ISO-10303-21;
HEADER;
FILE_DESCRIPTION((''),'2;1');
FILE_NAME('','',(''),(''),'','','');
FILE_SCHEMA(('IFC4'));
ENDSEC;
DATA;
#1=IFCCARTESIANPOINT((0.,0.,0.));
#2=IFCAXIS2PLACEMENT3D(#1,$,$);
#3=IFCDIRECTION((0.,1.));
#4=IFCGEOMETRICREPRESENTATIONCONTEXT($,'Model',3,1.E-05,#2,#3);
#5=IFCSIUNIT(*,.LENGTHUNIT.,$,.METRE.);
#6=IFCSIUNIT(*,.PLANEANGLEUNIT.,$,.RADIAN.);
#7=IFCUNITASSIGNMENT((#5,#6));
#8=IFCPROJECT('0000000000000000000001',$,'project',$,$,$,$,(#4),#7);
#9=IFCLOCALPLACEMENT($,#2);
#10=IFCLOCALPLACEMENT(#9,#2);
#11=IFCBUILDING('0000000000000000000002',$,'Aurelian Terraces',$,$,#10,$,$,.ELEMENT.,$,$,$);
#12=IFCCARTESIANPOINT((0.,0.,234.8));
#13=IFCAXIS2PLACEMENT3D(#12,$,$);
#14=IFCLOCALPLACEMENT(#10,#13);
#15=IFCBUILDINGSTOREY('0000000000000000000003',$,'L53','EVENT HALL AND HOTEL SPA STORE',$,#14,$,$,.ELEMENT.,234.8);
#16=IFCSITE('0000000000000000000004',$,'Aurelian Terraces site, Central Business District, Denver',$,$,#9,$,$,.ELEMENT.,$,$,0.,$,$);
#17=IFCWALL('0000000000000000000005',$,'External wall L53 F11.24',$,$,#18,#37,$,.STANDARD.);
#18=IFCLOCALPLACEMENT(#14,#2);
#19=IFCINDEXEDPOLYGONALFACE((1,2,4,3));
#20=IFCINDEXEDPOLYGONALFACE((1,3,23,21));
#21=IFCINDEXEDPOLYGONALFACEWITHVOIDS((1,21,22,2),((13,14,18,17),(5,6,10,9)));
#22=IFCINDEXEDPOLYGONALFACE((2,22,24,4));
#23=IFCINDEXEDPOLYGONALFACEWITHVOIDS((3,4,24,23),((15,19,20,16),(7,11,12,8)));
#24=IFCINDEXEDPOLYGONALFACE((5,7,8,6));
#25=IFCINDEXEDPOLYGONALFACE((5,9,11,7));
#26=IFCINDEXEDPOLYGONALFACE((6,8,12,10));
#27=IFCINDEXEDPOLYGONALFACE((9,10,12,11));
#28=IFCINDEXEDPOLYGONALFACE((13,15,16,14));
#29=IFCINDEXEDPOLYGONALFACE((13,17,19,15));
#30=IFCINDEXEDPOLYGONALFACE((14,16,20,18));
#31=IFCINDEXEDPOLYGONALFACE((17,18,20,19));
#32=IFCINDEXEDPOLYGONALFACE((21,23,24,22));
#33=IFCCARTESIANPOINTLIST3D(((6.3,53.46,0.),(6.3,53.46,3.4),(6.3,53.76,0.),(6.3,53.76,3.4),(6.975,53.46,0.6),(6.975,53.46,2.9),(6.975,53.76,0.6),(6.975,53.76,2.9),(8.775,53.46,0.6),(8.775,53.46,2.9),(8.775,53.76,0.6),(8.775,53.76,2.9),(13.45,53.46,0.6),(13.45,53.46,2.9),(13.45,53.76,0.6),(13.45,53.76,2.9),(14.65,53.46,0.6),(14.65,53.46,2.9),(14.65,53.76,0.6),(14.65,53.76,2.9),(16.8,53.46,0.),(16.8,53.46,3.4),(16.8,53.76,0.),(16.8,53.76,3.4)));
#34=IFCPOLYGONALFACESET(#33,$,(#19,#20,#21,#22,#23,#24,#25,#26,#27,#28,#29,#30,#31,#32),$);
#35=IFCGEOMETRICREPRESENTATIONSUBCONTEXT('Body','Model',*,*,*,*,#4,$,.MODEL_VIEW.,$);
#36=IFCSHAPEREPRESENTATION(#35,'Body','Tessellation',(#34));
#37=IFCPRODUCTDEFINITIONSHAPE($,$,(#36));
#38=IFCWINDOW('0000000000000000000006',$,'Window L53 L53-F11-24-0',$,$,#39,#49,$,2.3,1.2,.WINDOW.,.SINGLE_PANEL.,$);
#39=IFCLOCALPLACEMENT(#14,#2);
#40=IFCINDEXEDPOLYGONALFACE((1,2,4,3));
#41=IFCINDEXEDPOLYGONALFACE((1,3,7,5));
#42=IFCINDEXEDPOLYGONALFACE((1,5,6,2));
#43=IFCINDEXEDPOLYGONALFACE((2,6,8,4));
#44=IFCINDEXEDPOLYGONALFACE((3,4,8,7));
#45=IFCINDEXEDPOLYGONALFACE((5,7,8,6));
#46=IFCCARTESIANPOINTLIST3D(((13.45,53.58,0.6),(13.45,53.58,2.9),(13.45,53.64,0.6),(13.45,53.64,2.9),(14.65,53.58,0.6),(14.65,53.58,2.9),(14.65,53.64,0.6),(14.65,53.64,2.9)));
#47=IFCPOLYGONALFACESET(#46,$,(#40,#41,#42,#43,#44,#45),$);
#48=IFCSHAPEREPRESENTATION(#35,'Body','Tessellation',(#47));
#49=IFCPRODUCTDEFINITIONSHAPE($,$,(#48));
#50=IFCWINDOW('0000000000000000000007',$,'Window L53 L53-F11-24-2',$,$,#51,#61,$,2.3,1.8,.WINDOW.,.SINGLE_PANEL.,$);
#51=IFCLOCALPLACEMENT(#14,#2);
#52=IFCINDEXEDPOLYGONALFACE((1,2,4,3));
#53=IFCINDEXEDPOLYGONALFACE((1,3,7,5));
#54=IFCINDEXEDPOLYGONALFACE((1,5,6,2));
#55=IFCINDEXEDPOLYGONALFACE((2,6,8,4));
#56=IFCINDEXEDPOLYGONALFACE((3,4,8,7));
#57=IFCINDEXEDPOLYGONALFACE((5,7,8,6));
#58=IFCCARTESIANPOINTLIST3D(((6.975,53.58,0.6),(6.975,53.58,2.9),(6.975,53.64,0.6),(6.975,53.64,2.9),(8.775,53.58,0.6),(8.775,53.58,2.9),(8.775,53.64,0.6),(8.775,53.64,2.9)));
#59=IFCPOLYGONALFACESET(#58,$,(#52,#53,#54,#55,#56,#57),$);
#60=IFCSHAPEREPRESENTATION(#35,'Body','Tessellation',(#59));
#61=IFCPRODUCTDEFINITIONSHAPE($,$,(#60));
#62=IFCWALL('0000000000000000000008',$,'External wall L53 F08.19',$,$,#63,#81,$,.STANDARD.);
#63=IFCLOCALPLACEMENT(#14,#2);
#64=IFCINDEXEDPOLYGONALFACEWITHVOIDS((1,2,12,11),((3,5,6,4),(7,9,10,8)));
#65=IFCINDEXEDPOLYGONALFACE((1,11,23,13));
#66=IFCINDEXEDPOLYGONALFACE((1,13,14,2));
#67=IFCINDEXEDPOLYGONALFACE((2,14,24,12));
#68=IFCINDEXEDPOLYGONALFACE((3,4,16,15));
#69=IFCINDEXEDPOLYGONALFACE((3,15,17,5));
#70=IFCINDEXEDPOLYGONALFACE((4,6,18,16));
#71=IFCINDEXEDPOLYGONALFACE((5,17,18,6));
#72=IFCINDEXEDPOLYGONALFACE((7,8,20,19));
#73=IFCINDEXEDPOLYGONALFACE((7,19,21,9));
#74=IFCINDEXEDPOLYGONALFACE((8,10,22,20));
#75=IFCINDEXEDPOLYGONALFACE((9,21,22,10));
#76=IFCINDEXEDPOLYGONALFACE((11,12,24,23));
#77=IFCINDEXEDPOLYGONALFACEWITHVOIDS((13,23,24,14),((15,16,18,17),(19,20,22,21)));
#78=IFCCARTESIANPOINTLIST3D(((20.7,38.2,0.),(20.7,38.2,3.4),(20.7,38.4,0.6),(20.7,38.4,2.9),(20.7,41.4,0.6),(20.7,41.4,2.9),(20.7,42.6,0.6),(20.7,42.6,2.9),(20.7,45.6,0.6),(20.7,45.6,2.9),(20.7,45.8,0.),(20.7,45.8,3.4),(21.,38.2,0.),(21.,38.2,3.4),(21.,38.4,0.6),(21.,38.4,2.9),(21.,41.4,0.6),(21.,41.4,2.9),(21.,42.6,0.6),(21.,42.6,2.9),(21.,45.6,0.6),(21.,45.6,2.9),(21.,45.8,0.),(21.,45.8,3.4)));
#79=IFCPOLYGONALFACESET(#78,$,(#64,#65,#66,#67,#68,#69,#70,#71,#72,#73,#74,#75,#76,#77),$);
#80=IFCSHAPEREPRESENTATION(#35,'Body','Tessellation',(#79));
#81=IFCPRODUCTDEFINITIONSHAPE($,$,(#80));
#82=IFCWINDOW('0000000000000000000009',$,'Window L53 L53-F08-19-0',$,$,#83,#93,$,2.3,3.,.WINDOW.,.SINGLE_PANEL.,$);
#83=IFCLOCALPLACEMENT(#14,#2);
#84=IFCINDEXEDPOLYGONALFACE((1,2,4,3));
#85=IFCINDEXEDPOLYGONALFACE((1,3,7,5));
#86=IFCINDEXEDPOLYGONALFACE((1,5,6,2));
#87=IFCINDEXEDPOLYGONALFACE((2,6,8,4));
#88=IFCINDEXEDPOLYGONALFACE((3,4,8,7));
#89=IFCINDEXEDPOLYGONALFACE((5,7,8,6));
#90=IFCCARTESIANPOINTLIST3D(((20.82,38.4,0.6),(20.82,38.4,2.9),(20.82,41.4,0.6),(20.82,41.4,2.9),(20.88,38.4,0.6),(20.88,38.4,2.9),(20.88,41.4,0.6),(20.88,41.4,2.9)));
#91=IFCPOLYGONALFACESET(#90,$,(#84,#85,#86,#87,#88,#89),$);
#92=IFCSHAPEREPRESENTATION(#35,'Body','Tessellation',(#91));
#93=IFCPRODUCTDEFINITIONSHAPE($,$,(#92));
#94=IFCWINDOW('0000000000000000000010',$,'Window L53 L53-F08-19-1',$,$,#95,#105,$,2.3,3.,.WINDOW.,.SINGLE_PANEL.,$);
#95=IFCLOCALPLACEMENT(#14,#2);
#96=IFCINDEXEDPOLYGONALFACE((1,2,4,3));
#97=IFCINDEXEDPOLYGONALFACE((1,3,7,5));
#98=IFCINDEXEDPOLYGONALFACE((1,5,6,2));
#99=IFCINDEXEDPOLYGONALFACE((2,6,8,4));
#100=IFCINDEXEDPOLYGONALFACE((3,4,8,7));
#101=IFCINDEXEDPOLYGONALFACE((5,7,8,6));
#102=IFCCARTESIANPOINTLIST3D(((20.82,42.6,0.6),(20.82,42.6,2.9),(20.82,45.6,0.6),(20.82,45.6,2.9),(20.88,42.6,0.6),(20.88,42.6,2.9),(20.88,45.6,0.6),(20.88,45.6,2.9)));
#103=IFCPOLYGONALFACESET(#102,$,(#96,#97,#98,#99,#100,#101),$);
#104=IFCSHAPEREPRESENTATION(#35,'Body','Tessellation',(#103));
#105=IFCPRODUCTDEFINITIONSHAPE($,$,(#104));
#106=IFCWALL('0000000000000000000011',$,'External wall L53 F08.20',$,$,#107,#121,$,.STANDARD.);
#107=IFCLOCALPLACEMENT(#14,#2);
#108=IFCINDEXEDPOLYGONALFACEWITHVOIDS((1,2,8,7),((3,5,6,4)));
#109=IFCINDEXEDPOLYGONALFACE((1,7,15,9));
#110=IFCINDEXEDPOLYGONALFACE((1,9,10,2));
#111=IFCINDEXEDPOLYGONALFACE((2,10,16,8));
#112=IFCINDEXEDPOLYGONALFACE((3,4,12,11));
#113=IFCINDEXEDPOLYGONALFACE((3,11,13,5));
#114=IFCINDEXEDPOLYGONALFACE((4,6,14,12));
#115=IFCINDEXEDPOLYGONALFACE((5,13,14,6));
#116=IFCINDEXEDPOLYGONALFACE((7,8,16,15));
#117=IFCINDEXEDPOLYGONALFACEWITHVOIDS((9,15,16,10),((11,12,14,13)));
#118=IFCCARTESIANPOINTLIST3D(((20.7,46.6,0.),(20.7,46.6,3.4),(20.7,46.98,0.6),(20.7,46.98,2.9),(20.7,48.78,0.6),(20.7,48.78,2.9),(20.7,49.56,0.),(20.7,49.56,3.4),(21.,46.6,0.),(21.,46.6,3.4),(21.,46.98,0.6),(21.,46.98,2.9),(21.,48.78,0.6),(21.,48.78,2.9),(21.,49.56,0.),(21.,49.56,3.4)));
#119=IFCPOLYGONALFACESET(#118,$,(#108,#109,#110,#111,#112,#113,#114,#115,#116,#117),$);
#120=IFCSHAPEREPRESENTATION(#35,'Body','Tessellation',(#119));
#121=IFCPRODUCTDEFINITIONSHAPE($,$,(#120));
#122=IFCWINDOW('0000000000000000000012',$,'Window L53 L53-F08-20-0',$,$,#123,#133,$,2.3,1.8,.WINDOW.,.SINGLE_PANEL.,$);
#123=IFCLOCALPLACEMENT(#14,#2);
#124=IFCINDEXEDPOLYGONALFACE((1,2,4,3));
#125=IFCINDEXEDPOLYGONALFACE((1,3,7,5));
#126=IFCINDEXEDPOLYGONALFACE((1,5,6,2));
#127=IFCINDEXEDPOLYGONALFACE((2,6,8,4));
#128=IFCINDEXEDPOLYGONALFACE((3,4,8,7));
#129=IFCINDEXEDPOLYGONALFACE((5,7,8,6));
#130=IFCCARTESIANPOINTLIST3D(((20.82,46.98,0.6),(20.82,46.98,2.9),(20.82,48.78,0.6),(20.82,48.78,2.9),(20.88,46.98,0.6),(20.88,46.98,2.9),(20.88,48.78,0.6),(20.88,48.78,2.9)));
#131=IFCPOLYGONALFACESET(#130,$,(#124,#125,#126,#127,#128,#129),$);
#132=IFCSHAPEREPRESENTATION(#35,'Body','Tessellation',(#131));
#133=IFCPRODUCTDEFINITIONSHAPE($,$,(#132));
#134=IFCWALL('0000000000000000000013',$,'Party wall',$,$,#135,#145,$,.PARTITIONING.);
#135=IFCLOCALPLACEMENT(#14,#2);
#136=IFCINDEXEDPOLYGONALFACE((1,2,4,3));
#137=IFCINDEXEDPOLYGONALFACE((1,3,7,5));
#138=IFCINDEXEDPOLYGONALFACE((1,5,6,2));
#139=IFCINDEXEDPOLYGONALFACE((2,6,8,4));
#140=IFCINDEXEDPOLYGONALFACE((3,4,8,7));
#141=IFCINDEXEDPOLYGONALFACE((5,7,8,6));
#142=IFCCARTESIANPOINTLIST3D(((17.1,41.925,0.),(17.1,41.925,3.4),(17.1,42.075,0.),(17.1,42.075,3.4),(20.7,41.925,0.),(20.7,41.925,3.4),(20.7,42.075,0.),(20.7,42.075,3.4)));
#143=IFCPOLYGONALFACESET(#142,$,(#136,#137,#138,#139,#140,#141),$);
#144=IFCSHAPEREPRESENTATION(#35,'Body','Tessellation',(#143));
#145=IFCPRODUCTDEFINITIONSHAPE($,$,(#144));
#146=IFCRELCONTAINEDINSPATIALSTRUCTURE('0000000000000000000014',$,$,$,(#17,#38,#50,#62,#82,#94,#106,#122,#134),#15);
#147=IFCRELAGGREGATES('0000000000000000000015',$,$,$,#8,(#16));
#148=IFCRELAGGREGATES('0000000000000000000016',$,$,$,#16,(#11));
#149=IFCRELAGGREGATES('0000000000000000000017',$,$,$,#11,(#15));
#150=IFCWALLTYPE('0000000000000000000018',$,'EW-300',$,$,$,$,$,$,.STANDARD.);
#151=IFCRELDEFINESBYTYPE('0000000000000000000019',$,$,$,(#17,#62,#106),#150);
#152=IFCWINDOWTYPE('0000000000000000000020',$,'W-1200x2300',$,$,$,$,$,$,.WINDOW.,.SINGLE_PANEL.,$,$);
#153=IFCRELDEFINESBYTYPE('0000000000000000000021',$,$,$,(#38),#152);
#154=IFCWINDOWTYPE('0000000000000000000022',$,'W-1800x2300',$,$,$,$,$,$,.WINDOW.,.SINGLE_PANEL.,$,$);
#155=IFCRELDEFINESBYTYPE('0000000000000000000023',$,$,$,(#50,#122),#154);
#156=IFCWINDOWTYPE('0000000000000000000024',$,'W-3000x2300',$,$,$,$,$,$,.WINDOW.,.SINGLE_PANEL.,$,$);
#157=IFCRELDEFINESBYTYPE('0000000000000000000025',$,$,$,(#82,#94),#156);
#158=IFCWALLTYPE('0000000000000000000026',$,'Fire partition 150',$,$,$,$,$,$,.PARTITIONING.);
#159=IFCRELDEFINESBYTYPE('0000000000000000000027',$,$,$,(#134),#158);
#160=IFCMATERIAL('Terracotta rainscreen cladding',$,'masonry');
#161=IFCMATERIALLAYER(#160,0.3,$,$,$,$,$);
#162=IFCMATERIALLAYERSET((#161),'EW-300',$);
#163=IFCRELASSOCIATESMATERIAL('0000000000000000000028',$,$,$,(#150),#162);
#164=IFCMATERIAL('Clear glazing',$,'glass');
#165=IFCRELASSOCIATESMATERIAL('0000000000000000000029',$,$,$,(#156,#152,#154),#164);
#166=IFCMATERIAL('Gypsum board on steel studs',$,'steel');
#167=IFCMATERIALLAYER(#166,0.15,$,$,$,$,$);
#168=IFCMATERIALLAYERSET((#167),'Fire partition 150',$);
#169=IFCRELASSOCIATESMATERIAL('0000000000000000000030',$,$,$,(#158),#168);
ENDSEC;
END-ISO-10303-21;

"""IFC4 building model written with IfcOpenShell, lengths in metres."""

from ifc_helpers import new_model, si_unit, direction, frame, frame_2d, origin, place, context, subcontext, project, spatial, rectangle, extrude, source, transform, mapped, material, layer, layer_set, type_object, element, fill, save


model = new_model("IFC4")

# Units and contexts
model_context = context("Model", 3, precision=1e-05, world=origin(), true_north=direction((0.0, 1.0)))
body_context = subcontext(model_context, "Body", "Model", "MODEL_VIEW")
ifc_project = project(units=[si_unit("LENGTHUNIT", "METRE"), si_unit("PLANEANGLEUNIT", "RADIAN")], contexts=[model_context])

# Site, building, storey
site_placement = place(None, origin())
site = spatial("IfcSite", under=ifc_project, at=site_placement, Name="Aurelian Terraces site, Central Business District, Denver", CompositionType="ELEMENT", RefElevation=0.0)
building_placement = place(site_placement, origin())
building = spatial("IfcBuilding", under=site, at=building_placement, Name="Aurelian Terraces", CompositionType="ELEMENT")
storey_placement = place(building_placement, frame((0.0, 0.0, 234.8)))
storey = spatial("IfcBuildingStorey", under=building, at=storey_placement, Name="L53", Description="EVENT HALL AND HOTEL SPA STORE", CompositionType="ELEMENT", Elevation=234.8)

# Shared definitions
ifc_material_1 = material(Name="Terracotta rainscreen cladding", Category="masonry")
ifc_layer_1 = layer(ifc_material_1, 0.3)
ifc_layer_set_1 = layer_set([ifc_layer_1], Name="EW-300")
wall_type_1 = type_object("IfcWallType", Name="EW-300", PredefinedType="STANDARD", material=ifc_layer_set_1)
shared_shape_1 = source(origin(), body_context, "Body", "SweptSolid", [
    extrude(rectangle(XDim=3.0, YDim=2.3, at=frame_2d((1.5, 1.15))), frame((0.0, 0.16, 0.0), z_axis=(0.0, -1.0, 0.0), x_axis=(1.0, 0.0, 0.0)), (0.0, 0.0, 1.0), 0.32),
])
ifc_material_2 = material(Name="Clear glazing", Category="glass")
window_type_1 = type_object("IfcWindowType", Name="W-3000x2300", PartitioningType="SINGLE_PANEL", PredefinedType="WINDOW", material=ifc_material_2)
shared_shape_2 = source(origin(), body_context, "Body", "SweptSolid", [
    extrude(rectangle(XDim=3.0, YDim=2.3, at=frame_2d((1.5, 1.15))), frame((0.0, 0.03, 0.0), z_axis=(0.0, -1.0, 0.0), x_axis=(1.0, 0.0, 0.0)), (0.0, 0.0, 1.0), 0.06),
])
shared_shape_3 = source(origin(), body_context, "Body", "SweptSolid", [
    extrude(rectangle(XDim=1.2, YDim=2.3, at=frame_2d((0.6, 1.15))), frame((0.0, 0.16, 0.0), z_axis=(0.0, -1.0, 0.0), x_axis=(1.0, 0.0, 0.0)), (0.0, 0.0, 1.0), 0.32),
])
window_type_2 = type_object("IfcWindowType", Name="W-1200x2300", PartitioningType="SINGLE_PANEL", PredefinedType="WINDOW", material=ifc_material_2)
shared_shape_4 = source(origin(), body_context, "Body", "SweptSolid", [
    extrude(rectangle(XDim=1.2, YDim=2.3, at=frame_2d((0.6, 1.15))), frame((0.0, 0.03, 0.0), z_axis=(0.0, -1.0, 0.0), x_axis=(1.0, 0.0, 0.0)), (0.0, 0.0, 1.0), 0.06),
])

# Walls, openings, windows
shared_shape_5 = source(origin(), body_context, "Body", "SweptSolid", [
    extrude(rectangle(XDim=10.5, YDim=0.3, at=frame_2d((5.25, 0.0))), origin(), (0.0, 0.0, 1.0), 3.4),
])
wall_1_placement = place(storey_placement, frame((16.8, 53.61, 0.0), z_axis=(0.0, 0.0, 1.0), x_axis=(-1.0, 0.0, 0.0)))
wall_1 = element("IfcWall", 1, at=wall_1_placement, inside=storey, type_object=wall_type_1, Name="External wall L53 F11.24", PredefinedType="STANDARD", context=body_context, shape_type="MappedRepresentation", body=[
    mapped(shared_shape_5, transform((0.0, 0.0, 0.0), scale=1.0)),
])
opening_1_placement = place(wall_1_placement, frame((2.15, 0.0, 0.6)))
opening_1 = element("IfcOpeningElement", 2, at=opening_1_placement, cuts=wall_1, PredefinedType="OPENING", context=body_context, shape_type="MappedRepresentation", body=[
    mapped(shared_shape_3, transform((0.0, 0.0, 0.0), scale=1.0)),
])
shared_shape_6 = source(origin(), body_context, "Body", "SweptSolid", [
    extrude(rectangle(XDim=1.8, YDim=2.3, at=frame_2d((0.9, 1.15))), frame((0.0, 0.16, 0.0), z_axis=(0.0, -1.0, 0.0), x_axis=(1.0, 0.0, 0.0)), (0.0, 0.0, 1.0), 0.32),
])
opening_2_placement = place(wall_1_placement, frame((8.025, 0.0, 0.6)))
opening_2 = element("IfcOpeningElement", 3, at=opening_2_placement, cuts=wall_1, PredefinedType="OPENING", context=body_context, shape_type="MappedRepresentation", body=[
    mapped(shared_shape_6, transform((0.0, 0.0, 0.0), scale=1.0)),
])
window_1_placement = place(opening_1_placement, origin())
window_1 = element("IfcWindow", 4, at=window_1_placement, inside=storey, type_object=window_type_2, Name="Window L53 L53-F11-24-0", OverallHeight=2.3, OverallWidth=1.2, PartitioningType="SINGLE_PANEL", PredefinedType="WINDOW", context=body_context, shape_type="MappedRepresentation", body=[
    mapped(shared_shape_4, transform((0.0, 0.0, 0.0), scale=1.0)),
])
fill(opening_1, window_1)
window_type_3 = type_object("IfcWindowType", Name="W-1800x2300", PartitioningType="SINGLE_PANEL", PredefinedType="WINDOW", material=ifc_material_2)
shared_shape_7 = source(origin(), body_context, "Body", "SweptSolid", [
    extrude(rectangle(XDim=1.8, YDim=2.3, at=frame_2d((0.9, 1.15))), frame((0.0, 0.03, 0.0), z_axis=(0.0, -1.0, 0.0), x_axis=(1.0, 0.0, 0.0)), (0.0, 0.0, 1.0), 0.06),
])
window_2_placement = place(opening_2_placement, origin())
window_2 = element("IfcWindow", 5, at=window_2_placement, inside=storey, type_object=window_type_3, Name="Window L53 L53-F11-24-2", OverallHeight=2.3, OverallWidth=1.8, PartitioningType="SINGLE_PANEL", PredefinedType="WINDOW", context=body_context, shape_type="MappedRepresentation", body=[
    mapped(shared_shape_7, transform((0.0, 0.0, 0.0), scale=1.0)),
])
fill(opening_2, window_2)
shared_shape_8 = source(origin(), body_context, "Body", "SweptSolid", [
    extrude(rectangle(XDim=7.6, YDim=0.3, at=frame_2d((3.8, 0.0))), origin(), (0.0, 0.0, 1.0), 3.4),
])
wall_2_placement = place(storey_placement, frame((20.85, 38.2, 0.0), z_axis=(0.0, 0.0, 1.0), x_axis=(0.0, 1.0, 0.0)))
wall_2 = element("IfcWall", 6, at=wall_2_placement, inside=storey, type_object=wall_type_1, Name="External wall L53 F08.19", PredefinedType="STANDARD", context=body_context, shape_type="MappedRepresentation", body=[
    mapped(shared_shape_8, transform((0.0, 0.0, 0.0), scale=1.0)),
])
opening_3_placement = place(wall_2_placement, frame((0.2, 0.0, 0.6)))
opening_3 = element("IfcOpeningElement", 7, at=opening_3_placement, cuts=wall_2, PredefinedType="OPENING", context=body_context, shape_type="MappedRepresentation", body=[
    mapped(shared_shape_1, transform((0.0, 0.0, 0.0), scale=1.0)),
])
opening_4_placement = place(wall_2_placement, frame((4.4, 0.0, 0.6)))
opening_4 = element("IfcOpeningElement", 8, at=opening_4_placement, cuts=wall_2, PredefinedType="OPENING", context=body_context, shape_type="MappedRepresentation", body=[
    mapped(shared_shape_1, transform((0.0, 0.0, 0.0), scale=1.0)),
])
window_3_placement = place(opening_3_placement, origin())
window_3 = element("IfcWindow", 9, at=window_3_placement, inside=storey, type_object=window_type_1, Name="Window L53 L53-F08-19-0", OverallHeight=2.3, OverallWidth=3.0, PartitioningType="SINGLE_PANEL", PredefinedType="WINDOW", context=body_context, shape_type="MappedRepresentation", body=[
    mapped(shared_shape_2, transform((0.0, 0.0, 0.0), scale=1.0)),
])
fill(opening_3, window_3)
window_4_placement = place(opening_4_placement, origin())
window_4 = element("IfcWindow", 10, at=window_4_placement, inside=storey, type_object=window_type_1, Name="Window L53 L53-F08-19-1", OverallHeight=2.3, OverallWidth=3.0, PartitioningType="SINGLE_PANEL", PredefinedType="WINDOW", context=body_context, shape_type="MappedRepresentation", body=[
    mapped(shared_shape_2, transform((0.0, 0.0, 0.0), scale=1.0)),
])
fill(opening_4, window_4)

# Wall, opening, window
shared_shape_9 = source(origin(), body_context, "Body", "SweptSolid", [
    extrude(rectangle(XDim=2.96, YDim=0.3, at=frame_2d((1.48, 0.0))), origin(), (0.0, 0.0, 1.0), 3.4),
])
wall_3_placement = place(storey_placement, frame((20.85, 46.6, 0.0), z_axis=(0.0, 0.0, 1.0), x_axis=(0.0, 1.0, 0.0)))
wall_3 = element("IfcWall", 11, at=wall_3_placement, inside=storey, type_object=wall_type_1, Name="External wall L53 F08.20", PredefinedType="STANDARD", context=body_context, shape_type="MappedRepresentation", body=[
    mapped(shared_shape_9, transform((0.0, 0.0, 0.0), scale=1.0)),
])
opening_5_placement = place(wall_3_placement, frame((0.38, 0.0, 0.6)))
opening_5 = element("IfcOpeningElement", 12, at=opening_5_placement, cuts=wall_3, PredefinedType="OPENING", context=body_context, shape_type="MappedRepresentation", body=[
    mapped(shared_shape_6, transform((0.0, 0.0, 0.0), scale=1.0)),
])
window_5_placement = place(opening_5_placement, origin())
window_5 = element("IfcWindow", 13, at=window_5_placement, inside=storey, type_object=window_type_3, Name="Window L53 L53-F08-20-0", OverallHeight=2.3, OverallWidth=1.8, PartitioningType="SINGLE_PANEL", PredefinedType="WINDOW", context=body_context, shape_type="MappedRepresentation", body=[
    mapped(shared_shape_7, transform((0.0, 0.0, 0.0), scale=1.0)),
])
fill(opening_5, window_5)

# Wall
ifc_material_3 = material(Name="Gypsum board on steel studs", Category="steel")
ifc_layer_2 = layer(ifc_material_3, 0.15)
ifc_layer_set_2 = layer_set([ifc_layer_2], Name="Fire partition 150")
wall_type_2 = type_object("IfcWallType", Name="Fire partition 150", PredefinedType="PARTITIONING", material=ifc_layer_set_2)
shared_shape_10 = source(origin(), body_context, "Body", "SweptSolid", [
    extrude(rectangle(XDim=3.6, YDim=0.15, at=frame_2d((1.8, 0.0))), origin(), (0.0, 0.0, 1.0), 3.4),
])
wall_4_placement = place(storey_placement, frame((20.7, 42.0, 0.0), z_axis=(0.0, 0.0, 1.0), x_axis=(-1.0, 0.0, 0.0)))
element("IfcWall", 14, at=wall_4_placement, inside=storey, type_object=wall_type_2, Name="Party wall", PredefinedType="PARTITIONING", context=body_context, shape_type="MappedRepresentation", body=[
    mapped(shared_shape_10, transform((0.0, 0.0, 0.0), scale=1.0)),
])

save(model, "model.ifc")
